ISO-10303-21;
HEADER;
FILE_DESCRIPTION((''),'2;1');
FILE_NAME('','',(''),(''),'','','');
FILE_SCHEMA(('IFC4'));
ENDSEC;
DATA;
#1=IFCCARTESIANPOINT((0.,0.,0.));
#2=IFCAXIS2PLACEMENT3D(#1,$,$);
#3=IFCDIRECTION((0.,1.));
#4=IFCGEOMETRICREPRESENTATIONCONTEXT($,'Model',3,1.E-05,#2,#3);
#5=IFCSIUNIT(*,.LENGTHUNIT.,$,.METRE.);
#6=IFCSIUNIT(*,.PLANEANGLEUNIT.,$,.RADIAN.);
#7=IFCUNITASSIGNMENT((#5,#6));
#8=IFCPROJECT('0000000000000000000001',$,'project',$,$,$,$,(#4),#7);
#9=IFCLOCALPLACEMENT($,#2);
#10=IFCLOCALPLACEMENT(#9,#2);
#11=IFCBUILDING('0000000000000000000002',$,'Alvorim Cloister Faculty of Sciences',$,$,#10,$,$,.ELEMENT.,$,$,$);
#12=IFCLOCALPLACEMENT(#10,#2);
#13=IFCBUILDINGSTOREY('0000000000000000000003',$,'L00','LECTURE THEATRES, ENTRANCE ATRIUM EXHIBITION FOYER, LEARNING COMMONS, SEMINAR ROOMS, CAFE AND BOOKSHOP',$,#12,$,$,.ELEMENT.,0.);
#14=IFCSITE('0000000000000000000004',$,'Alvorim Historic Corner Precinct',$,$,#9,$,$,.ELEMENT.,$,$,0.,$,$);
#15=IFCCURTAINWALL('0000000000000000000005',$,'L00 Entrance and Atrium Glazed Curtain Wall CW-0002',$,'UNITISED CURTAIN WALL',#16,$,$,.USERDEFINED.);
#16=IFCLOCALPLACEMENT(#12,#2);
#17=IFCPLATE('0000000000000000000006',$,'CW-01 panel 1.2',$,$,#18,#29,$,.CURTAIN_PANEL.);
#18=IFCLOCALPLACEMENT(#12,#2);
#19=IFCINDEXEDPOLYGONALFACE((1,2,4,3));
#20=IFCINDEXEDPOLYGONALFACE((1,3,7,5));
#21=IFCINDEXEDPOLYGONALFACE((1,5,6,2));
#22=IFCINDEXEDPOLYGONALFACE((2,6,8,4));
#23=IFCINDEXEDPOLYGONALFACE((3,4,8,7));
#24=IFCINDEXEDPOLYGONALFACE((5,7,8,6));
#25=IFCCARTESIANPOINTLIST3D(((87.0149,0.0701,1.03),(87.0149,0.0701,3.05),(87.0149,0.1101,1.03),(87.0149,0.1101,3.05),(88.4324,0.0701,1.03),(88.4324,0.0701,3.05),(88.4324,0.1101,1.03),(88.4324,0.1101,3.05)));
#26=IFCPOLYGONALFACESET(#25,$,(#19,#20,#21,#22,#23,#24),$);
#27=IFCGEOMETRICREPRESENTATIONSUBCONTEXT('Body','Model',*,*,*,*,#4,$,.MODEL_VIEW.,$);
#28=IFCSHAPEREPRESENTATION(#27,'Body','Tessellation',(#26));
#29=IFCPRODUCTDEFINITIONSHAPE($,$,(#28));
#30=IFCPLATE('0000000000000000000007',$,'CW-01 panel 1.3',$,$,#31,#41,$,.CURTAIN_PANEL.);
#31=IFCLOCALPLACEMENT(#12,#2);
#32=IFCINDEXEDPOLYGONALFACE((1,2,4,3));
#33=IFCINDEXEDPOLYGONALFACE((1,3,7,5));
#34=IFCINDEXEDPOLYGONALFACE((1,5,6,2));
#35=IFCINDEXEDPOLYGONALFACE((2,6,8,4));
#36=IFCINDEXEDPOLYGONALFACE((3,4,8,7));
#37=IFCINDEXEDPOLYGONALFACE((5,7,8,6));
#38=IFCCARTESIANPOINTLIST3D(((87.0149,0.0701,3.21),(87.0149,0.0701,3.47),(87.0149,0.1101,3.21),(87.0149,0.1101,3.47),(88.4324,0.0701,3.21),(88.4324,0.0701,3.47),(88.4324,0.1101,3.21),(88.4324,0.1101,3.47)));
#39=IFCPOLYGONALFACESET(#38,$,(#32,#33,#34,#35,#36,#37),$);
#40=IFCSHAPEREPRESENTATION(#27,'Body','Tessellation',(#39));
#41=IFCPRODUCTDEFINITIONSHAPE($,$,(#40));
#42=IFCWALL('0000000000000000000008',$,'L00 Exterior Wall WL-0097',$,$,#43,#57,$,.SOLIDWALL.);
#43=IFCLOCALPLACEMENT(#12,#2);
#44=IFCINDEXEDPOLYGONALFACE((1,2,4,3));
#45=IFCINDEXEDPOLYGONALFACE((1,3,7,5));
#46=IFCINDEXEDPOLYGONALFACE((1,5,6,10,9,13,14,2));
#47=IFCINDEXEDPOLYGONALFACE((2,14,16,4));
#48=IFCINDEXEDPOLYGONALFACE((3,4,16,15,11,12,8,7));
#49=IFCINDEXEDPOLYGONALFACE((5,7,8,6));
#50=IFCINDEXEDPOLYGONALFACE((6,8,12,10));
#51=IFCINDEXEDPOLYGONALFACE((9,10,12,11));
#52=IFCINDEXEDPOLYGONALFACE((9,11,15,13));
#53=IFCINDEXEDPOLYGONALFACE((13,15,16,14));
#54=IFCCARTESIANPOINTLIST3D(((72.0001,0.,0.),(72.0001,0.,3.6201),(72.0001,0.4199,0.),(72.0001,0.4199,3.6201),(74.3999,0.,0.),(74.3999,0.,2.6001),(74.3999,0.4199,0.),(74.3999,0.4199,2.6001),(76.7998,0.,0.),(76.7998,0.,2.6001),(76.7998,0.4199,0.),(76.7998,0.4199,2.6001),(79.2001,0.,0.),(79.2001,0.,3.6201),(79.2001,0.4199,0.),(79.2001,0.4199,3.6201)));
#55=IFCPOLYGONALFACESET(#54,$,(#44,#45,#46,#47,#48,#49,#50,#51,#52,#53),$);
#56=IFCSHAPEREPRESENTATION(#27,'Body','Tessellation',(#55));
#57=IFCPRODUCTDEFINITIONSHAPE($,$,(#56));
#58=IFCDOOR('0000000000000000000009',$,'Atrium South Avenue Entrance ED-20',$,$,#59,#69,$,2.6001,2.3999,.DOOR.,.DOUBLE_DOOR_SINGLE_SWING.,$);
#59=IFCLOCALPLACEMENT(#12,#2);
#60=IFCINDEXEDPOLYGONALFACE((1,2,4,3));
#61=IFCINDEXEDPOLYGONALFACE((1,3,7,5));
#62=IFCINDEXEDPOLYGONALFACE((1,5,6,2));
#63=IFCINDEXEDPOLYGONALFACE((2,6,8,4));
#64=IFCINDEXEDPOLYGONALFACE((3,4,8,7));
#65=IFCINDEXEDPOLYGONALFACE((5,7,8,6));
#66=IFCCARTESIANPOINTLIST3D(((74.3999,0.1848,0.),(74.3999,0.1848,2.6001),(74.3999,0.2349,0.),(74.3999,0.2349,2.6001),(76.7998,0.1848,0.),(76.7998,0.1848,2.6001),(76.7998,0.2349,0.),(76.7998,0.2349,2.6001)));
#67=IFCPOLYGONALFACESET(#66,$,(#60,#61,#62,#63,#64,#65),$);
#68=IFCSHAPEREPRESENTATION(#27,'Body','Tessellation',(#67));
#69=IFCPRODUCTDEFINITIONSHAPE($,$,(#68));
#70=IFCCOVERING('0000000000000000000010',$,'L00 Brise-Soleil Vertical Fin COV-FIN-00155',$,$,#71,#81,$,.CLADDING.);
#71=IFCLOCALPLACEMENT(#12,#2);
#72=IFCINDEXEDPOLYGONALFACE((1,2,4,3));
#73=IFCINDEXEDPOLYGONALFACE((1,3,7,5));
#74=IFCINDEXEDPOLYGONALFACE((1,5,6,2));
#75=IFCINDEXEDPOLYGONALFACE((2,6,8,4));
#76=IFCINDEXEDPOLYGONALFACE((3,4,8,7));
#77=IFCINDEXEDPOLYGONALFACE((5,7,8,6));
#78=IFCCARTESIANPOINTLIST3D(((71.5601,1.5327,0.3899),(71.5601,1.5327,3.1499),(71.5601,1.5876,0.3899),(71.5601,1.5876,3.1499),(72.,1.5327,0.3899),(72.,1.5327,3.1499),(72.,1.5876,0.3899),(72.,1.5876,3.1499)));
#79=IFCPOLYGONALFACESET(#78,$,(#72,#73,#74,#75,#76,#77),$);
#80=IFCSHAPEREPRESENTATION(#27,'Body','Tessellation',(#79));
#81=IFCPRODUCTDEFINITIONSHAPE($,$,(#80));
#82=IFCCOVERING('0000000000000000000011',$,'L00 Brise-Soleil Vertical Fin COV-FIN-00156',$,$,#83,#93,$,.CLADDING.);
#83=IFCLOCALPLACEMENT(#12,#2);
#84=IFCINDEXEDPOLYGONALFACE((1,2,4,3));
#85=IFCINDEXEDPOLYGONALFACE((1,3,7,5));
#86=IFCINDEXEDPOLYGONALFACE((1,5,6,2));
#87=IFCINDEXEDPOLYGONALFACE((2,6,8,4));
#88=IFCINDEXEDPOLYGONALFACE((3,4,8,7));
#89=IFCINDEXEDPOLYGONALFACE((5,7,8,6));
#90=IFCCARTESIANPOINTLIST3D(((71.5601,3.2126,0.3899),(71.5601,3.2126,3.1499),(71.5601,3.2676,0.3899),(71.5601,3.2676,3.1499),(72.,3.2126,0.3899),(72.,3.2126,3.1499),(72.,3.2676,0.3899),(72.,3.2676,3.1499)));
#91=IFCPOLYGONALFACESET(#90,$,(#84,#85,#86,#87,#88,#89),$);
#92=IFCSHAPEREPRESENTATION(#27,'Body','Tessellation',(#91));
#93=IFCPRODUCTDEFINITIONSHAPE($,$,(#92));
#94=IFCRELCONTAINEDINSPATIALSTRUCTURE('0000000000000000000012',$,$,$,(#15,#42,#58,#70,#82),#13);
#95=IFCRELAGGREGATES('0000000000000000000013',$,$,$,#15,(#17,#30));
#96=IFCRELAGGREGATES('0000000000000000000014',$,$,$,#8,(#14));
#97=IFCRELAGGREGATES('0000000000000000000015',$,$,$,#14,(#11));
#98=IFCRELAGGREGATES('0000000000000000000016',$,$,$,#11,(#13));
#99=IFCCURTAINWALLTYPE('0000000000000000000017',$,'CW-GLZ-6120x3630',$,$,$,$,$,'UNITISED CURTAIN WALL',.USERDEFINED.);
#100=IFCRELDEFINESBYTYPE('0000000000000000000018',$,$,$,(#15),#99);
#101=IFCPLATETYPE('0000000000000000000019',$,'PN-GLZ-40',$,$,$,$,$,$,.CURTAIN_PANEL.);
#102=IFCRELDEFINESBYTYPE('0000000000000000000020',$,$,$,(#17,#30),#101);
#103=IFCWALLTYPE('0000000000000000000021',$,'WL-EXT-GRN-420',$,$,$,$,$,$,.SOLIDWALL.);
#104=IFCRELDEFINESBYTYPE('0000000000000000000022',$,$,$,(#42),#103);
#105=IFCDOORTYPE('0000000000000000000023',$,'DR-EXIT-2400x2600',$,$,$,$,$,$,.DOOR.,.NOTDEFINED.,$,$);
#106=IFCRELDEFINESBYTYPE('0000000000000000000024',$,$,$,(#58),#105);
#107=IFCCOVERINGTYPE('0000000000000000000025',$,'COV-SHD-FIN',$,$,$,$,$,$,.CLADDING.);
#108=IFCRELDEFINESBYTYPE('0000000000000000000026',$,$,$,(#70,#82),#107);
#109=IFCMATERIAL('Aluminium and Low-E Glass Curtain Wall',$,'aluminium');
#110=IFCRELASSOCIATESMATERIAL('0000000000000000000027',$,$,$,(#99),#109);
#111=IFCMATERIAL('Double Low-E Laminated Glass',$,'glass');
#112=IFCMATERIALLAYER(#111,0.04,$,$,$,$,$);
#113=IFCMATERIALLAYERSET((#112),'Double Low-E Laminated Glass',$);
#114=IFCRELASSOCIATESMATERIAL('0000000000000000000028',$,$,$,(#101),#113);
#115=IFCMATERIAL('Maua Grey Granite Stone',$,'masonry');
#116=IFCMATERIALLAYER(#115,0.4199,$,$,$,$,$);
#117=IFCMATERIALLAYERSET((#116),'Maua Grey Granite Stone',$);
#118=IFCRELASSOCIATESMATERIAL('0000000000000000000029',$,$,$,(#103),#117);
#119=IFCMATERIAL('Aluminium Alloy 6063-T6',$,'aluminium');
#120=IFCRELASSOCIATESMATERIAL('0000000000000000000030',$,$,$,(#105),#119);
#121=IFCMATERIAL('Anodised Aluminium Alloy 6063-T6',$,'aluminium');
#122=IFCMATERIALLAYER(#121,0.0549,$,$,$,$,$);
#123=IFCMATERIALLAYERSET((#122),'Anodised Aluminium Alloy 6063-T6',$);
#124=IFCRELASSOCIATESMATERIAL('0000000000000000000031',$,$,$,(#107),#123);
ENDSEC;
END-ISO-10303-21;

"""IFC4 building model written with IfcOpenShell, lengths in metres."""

from ifc_helpers import new_model, si_unit, direction, frame, frame_2d, origin, origin_2d, place, context, subcontext, project, spatial, polyline, rectangle, outline, extrude, material, layer, layer_set, type_object, element, fill, aggregate, save


model = new_model("IFC4")

# Units and contexts
model_context = context("Model", 3, precision=1e-05, world=origin(), true_north=direction((0.0, 1.0)))
body_context = subcontext(model_context, "Body", "Model", "MODEL_VIEW")
ifc_project = project(units=[si_unit("LENGTHUNIT", "METRE"), si_unit("PLANEANGLEUNIT", "RADIAN")], contexts=[model_context])

# Site, building, storey
site_placement = place(None, origin())
site = spatial("IfcSite", under=ifc_project, at=site_placement, Name="Alvorim Historic Corner Precinct", CompositionType="ELEMENT", RefElevation=0.0)
building_placement = place(site_placement, origin())
building = spatial("IfcBuilding", under=site, at=building_placement, Name="Alvorim Cloister Faculty of Sciences", CompositionType="ELEMENT")
storey_placement = place(building_placement, origin())
storey = spatial("IfcBuildingStorey", under=building, at=storey_placement, Name="L00", Description="LECTURE THEATRES, ENTRANCE ATRIUM EXHIBITION FOYER, LEARNING COMMONS, SEMINAR ROOMS, CAFE AND BOOKSHOP", CompositionType="ELEMENT", Elevation=0.0)

# Curtain wall
ifc_material_1 = material(Name="Aluminium and Low-E Glass Curtain Wall", Category="aluminium")
curtain_wall_type = type_object("IfcCurtainWallType", Name="CW-GLZ-6120x3630", ElementType="UNITISED CURTAIN WALL", PredefinedType="USERDEFINED", material=ifc_material_1)
curtain_wall_1_placement = place(storey_placement, origin())
curtain_wall_1 = element("IfcCurtainWall", 1, at=curtain_wall_1_placement, inside=storey, type_object=curtain_wall_type, Name="L00 Entrance and Atrium Glazed Curtain Wall CW-0002", ObjectType="UNITISED CURTAIN WALL", PredefinedType="USERDEFINED")
ifc_material_2 = material(Name="Aluminium Alloy 6063-T6", Category="aluminium")

# Plates
ifc_material_3 = material(Name="Double Low-E Laminated Glass", Category="glass")
ifc_layer_1 = layer(ifc_material_3, 0.04)
ifc_layer_set_1 = layer_set([ifc_layer_1], Name="Double Low-E Laminated Glass")
plate_type_1 = type_object("IfcPlateType", Name="PN-GLZ-40", PredefinedType="CURTAIN_PANEL", material=ifc_layer_set_1)
plate_1_placement = place(storey_placement, frame((87.7236, 0.0901, 1.03), z_axis=(0.0, 0.0, 1.0), x_axis=(1.0, 0.0, 0.0)))
plate_1 = element("IfcPlate", 2, at=plate_1_placement, type_object=plate_type_1, Name="CW-01 panel 1.2", PredefinedType="CURTAIN_PANEL", context=body_context, shape_type="SweptSolid", body=[
    extrude(rectangle(XDim=1.4175, YDim=0.04, at=origin_2d()), origin(), (0.0, 0.0, 1.0), 2.02),
])
plate_2_placement = place(storey_placement, frame((87.7236, 0.0901, 3.21), z_axis=(0.0, 0.0, 1.0), x_axis=(1.0, 0.0, 0.0)))
plate_2 = element("IfcPlate", 3, at=plate_2_placement, type_object=plate_type_1, Name="CW-01 panel 1.3", PredefinedType="CURTAIN_PANEL", context=body_context, shape_type="SweptSolid", body=[
    extrude(rectangle(XDim=1.4175, YDim=0.04, at=origin_2d()), origin(), (0.0, 0.0, 1.0), 0.26),
])
aggregate(curtain_wall_1, [plate_1, plate_2])

# Wall, opening, door
ifc_material_4 = material(Name="Maua Grey Granite Stone", Category="masonry")
ifc_layer_2 = layer(ifc_material_4, 0.4199)
ifc_layer_set_2 = layer_set([ifc_layer_2], Name="Maua Grey Granite Stone")
wall_type = type_object("IfcWallType", Name="WL-EXT-GRN-420", PredefinedType="SOLIDWALL", material=ifc_layer_set_2)
wall_placement = place(storey_placement, frame((72.0, 0.21, 0.0), z_axis=(0.0, 0.0, 1.0), x_axis=(1.0, 0.0, 0.0)))
wall = element("IfcWall", 4, at=wall_placement, inside=storey, type_object=wall_type, Name="L00 Exterior Wall WL-0097", PredefinedType="SOLIDWALL", context=body_context, shape_type="SweptSolid", body=[
    extrude(rectangle(XDim=7.2, YDim=0.4199, at=frame_2d((3.6001, 0.0))), origin(), (0.0, 0.0, 1.0), 3.6201),
])
opening_placement = place(wall_placement, frame((2.3999, 0.0, 0.0)))
opening = element("IfcOpeningElement", 5, at=opening_placement, cuts=wall, PredefinedType="OPENING", context=body_context, shape_type="SweptSolid", body=[
    extrude(rectangle(XDim=2.3999, YDim=2.6001, at=frame_2d((1.2, 1.3))), frame((0.0, 0.2219, 0.0), z_axis=(0.0, -1.0, 0.0), x_axis=(1.0, 0.0, 0.0)), (0.0, 0.0, 1.0), 0.4438),
])
door_type = type_object("IfcDoorType", Name="DR-EXIT-2400x2600", OperationType="NOTDEFINED", PredefinedType="DOOR", material=ifc_material_2)
door_placement = place(opening_placement, origin())
door = element("IfcDoor", 6, at=door_placement, inside=storey, type_object=door_type, Name="Atrium South Avenue Entrance ED-20", OperationType="DOUBLE_DOOR_SINGLE_SWING", OverallHeight=2.6001, OverallWidth=2.3999, PredefinedType="DOOR", context=body_context, shape_type="SweptSolid", body=[
    extrude(rectangle(XDim=2.3999, YDim=2.6001, at=frame_2d((1.2, 1.3))), frame((0.0, 0.0249, 0.0), z_axis=(0.0, -1.0, 0.0), x_axis=(1.0, 0.0, 0.0)), (0.0, 0.0, 1.0), 0.05),
])
fill(opening, door)

# Coverings
ifc_material_5 = material(Name="Anodised Aluminium Alloy 6063-T6", Category="aluminium")
ifc_layer_3 = layer(ifc_material_5, 0.0549)
ifc_layer_set_3 = layer_set([ifc_layer_3], Name="Anodised Aluminium Alloy 6063-T6")
covering_type = type_object("IfcCoveringType", Name="COV-SHD-FIN", PredefinedType="CLADDING", material=ifc_layer_set_3)
for number, where, z_axis, x_axis, name in (
    (7, (72.0, 1.5601, 0.3899), (0.0, 0.0, 1.0), (-1.0, 0.0, 0.0), "L00 Brise-Soleil Vertical Fin COV-FIN-00155"),
    (8, (72.0, 3.24, 0.3899), (0.0, 0.0, 1.0), (-1.0, 0.0, 0.0), "L00 Brise-Soleil Vertical Fin COV-FIN-00156"),
):
    element("IfcCovering", number, at=place(storey_placement, frame(where, z_axis=z_axis, x_axis=x_axis)), inside=storey, type_object=covering_type, Name=name, PredefinedType="CLADDING", context=body_context, shape_type="SweptSolid", body=[
        extrude(outline(polyline([(0.0, 0.0), (0.4399, 0.0), (0.4399, 2.76), (0.0, 2.76), (0.0, 0.0)])), frame((0.0, 0.0273, 0.0), z_axis=(0.0, -1.0, 0.0), x_axis=(1.0, 0.0, 0.0)), (0.0, 0.0, 1.0), 0.0549),
    ])

save(model, "model.ifc")
